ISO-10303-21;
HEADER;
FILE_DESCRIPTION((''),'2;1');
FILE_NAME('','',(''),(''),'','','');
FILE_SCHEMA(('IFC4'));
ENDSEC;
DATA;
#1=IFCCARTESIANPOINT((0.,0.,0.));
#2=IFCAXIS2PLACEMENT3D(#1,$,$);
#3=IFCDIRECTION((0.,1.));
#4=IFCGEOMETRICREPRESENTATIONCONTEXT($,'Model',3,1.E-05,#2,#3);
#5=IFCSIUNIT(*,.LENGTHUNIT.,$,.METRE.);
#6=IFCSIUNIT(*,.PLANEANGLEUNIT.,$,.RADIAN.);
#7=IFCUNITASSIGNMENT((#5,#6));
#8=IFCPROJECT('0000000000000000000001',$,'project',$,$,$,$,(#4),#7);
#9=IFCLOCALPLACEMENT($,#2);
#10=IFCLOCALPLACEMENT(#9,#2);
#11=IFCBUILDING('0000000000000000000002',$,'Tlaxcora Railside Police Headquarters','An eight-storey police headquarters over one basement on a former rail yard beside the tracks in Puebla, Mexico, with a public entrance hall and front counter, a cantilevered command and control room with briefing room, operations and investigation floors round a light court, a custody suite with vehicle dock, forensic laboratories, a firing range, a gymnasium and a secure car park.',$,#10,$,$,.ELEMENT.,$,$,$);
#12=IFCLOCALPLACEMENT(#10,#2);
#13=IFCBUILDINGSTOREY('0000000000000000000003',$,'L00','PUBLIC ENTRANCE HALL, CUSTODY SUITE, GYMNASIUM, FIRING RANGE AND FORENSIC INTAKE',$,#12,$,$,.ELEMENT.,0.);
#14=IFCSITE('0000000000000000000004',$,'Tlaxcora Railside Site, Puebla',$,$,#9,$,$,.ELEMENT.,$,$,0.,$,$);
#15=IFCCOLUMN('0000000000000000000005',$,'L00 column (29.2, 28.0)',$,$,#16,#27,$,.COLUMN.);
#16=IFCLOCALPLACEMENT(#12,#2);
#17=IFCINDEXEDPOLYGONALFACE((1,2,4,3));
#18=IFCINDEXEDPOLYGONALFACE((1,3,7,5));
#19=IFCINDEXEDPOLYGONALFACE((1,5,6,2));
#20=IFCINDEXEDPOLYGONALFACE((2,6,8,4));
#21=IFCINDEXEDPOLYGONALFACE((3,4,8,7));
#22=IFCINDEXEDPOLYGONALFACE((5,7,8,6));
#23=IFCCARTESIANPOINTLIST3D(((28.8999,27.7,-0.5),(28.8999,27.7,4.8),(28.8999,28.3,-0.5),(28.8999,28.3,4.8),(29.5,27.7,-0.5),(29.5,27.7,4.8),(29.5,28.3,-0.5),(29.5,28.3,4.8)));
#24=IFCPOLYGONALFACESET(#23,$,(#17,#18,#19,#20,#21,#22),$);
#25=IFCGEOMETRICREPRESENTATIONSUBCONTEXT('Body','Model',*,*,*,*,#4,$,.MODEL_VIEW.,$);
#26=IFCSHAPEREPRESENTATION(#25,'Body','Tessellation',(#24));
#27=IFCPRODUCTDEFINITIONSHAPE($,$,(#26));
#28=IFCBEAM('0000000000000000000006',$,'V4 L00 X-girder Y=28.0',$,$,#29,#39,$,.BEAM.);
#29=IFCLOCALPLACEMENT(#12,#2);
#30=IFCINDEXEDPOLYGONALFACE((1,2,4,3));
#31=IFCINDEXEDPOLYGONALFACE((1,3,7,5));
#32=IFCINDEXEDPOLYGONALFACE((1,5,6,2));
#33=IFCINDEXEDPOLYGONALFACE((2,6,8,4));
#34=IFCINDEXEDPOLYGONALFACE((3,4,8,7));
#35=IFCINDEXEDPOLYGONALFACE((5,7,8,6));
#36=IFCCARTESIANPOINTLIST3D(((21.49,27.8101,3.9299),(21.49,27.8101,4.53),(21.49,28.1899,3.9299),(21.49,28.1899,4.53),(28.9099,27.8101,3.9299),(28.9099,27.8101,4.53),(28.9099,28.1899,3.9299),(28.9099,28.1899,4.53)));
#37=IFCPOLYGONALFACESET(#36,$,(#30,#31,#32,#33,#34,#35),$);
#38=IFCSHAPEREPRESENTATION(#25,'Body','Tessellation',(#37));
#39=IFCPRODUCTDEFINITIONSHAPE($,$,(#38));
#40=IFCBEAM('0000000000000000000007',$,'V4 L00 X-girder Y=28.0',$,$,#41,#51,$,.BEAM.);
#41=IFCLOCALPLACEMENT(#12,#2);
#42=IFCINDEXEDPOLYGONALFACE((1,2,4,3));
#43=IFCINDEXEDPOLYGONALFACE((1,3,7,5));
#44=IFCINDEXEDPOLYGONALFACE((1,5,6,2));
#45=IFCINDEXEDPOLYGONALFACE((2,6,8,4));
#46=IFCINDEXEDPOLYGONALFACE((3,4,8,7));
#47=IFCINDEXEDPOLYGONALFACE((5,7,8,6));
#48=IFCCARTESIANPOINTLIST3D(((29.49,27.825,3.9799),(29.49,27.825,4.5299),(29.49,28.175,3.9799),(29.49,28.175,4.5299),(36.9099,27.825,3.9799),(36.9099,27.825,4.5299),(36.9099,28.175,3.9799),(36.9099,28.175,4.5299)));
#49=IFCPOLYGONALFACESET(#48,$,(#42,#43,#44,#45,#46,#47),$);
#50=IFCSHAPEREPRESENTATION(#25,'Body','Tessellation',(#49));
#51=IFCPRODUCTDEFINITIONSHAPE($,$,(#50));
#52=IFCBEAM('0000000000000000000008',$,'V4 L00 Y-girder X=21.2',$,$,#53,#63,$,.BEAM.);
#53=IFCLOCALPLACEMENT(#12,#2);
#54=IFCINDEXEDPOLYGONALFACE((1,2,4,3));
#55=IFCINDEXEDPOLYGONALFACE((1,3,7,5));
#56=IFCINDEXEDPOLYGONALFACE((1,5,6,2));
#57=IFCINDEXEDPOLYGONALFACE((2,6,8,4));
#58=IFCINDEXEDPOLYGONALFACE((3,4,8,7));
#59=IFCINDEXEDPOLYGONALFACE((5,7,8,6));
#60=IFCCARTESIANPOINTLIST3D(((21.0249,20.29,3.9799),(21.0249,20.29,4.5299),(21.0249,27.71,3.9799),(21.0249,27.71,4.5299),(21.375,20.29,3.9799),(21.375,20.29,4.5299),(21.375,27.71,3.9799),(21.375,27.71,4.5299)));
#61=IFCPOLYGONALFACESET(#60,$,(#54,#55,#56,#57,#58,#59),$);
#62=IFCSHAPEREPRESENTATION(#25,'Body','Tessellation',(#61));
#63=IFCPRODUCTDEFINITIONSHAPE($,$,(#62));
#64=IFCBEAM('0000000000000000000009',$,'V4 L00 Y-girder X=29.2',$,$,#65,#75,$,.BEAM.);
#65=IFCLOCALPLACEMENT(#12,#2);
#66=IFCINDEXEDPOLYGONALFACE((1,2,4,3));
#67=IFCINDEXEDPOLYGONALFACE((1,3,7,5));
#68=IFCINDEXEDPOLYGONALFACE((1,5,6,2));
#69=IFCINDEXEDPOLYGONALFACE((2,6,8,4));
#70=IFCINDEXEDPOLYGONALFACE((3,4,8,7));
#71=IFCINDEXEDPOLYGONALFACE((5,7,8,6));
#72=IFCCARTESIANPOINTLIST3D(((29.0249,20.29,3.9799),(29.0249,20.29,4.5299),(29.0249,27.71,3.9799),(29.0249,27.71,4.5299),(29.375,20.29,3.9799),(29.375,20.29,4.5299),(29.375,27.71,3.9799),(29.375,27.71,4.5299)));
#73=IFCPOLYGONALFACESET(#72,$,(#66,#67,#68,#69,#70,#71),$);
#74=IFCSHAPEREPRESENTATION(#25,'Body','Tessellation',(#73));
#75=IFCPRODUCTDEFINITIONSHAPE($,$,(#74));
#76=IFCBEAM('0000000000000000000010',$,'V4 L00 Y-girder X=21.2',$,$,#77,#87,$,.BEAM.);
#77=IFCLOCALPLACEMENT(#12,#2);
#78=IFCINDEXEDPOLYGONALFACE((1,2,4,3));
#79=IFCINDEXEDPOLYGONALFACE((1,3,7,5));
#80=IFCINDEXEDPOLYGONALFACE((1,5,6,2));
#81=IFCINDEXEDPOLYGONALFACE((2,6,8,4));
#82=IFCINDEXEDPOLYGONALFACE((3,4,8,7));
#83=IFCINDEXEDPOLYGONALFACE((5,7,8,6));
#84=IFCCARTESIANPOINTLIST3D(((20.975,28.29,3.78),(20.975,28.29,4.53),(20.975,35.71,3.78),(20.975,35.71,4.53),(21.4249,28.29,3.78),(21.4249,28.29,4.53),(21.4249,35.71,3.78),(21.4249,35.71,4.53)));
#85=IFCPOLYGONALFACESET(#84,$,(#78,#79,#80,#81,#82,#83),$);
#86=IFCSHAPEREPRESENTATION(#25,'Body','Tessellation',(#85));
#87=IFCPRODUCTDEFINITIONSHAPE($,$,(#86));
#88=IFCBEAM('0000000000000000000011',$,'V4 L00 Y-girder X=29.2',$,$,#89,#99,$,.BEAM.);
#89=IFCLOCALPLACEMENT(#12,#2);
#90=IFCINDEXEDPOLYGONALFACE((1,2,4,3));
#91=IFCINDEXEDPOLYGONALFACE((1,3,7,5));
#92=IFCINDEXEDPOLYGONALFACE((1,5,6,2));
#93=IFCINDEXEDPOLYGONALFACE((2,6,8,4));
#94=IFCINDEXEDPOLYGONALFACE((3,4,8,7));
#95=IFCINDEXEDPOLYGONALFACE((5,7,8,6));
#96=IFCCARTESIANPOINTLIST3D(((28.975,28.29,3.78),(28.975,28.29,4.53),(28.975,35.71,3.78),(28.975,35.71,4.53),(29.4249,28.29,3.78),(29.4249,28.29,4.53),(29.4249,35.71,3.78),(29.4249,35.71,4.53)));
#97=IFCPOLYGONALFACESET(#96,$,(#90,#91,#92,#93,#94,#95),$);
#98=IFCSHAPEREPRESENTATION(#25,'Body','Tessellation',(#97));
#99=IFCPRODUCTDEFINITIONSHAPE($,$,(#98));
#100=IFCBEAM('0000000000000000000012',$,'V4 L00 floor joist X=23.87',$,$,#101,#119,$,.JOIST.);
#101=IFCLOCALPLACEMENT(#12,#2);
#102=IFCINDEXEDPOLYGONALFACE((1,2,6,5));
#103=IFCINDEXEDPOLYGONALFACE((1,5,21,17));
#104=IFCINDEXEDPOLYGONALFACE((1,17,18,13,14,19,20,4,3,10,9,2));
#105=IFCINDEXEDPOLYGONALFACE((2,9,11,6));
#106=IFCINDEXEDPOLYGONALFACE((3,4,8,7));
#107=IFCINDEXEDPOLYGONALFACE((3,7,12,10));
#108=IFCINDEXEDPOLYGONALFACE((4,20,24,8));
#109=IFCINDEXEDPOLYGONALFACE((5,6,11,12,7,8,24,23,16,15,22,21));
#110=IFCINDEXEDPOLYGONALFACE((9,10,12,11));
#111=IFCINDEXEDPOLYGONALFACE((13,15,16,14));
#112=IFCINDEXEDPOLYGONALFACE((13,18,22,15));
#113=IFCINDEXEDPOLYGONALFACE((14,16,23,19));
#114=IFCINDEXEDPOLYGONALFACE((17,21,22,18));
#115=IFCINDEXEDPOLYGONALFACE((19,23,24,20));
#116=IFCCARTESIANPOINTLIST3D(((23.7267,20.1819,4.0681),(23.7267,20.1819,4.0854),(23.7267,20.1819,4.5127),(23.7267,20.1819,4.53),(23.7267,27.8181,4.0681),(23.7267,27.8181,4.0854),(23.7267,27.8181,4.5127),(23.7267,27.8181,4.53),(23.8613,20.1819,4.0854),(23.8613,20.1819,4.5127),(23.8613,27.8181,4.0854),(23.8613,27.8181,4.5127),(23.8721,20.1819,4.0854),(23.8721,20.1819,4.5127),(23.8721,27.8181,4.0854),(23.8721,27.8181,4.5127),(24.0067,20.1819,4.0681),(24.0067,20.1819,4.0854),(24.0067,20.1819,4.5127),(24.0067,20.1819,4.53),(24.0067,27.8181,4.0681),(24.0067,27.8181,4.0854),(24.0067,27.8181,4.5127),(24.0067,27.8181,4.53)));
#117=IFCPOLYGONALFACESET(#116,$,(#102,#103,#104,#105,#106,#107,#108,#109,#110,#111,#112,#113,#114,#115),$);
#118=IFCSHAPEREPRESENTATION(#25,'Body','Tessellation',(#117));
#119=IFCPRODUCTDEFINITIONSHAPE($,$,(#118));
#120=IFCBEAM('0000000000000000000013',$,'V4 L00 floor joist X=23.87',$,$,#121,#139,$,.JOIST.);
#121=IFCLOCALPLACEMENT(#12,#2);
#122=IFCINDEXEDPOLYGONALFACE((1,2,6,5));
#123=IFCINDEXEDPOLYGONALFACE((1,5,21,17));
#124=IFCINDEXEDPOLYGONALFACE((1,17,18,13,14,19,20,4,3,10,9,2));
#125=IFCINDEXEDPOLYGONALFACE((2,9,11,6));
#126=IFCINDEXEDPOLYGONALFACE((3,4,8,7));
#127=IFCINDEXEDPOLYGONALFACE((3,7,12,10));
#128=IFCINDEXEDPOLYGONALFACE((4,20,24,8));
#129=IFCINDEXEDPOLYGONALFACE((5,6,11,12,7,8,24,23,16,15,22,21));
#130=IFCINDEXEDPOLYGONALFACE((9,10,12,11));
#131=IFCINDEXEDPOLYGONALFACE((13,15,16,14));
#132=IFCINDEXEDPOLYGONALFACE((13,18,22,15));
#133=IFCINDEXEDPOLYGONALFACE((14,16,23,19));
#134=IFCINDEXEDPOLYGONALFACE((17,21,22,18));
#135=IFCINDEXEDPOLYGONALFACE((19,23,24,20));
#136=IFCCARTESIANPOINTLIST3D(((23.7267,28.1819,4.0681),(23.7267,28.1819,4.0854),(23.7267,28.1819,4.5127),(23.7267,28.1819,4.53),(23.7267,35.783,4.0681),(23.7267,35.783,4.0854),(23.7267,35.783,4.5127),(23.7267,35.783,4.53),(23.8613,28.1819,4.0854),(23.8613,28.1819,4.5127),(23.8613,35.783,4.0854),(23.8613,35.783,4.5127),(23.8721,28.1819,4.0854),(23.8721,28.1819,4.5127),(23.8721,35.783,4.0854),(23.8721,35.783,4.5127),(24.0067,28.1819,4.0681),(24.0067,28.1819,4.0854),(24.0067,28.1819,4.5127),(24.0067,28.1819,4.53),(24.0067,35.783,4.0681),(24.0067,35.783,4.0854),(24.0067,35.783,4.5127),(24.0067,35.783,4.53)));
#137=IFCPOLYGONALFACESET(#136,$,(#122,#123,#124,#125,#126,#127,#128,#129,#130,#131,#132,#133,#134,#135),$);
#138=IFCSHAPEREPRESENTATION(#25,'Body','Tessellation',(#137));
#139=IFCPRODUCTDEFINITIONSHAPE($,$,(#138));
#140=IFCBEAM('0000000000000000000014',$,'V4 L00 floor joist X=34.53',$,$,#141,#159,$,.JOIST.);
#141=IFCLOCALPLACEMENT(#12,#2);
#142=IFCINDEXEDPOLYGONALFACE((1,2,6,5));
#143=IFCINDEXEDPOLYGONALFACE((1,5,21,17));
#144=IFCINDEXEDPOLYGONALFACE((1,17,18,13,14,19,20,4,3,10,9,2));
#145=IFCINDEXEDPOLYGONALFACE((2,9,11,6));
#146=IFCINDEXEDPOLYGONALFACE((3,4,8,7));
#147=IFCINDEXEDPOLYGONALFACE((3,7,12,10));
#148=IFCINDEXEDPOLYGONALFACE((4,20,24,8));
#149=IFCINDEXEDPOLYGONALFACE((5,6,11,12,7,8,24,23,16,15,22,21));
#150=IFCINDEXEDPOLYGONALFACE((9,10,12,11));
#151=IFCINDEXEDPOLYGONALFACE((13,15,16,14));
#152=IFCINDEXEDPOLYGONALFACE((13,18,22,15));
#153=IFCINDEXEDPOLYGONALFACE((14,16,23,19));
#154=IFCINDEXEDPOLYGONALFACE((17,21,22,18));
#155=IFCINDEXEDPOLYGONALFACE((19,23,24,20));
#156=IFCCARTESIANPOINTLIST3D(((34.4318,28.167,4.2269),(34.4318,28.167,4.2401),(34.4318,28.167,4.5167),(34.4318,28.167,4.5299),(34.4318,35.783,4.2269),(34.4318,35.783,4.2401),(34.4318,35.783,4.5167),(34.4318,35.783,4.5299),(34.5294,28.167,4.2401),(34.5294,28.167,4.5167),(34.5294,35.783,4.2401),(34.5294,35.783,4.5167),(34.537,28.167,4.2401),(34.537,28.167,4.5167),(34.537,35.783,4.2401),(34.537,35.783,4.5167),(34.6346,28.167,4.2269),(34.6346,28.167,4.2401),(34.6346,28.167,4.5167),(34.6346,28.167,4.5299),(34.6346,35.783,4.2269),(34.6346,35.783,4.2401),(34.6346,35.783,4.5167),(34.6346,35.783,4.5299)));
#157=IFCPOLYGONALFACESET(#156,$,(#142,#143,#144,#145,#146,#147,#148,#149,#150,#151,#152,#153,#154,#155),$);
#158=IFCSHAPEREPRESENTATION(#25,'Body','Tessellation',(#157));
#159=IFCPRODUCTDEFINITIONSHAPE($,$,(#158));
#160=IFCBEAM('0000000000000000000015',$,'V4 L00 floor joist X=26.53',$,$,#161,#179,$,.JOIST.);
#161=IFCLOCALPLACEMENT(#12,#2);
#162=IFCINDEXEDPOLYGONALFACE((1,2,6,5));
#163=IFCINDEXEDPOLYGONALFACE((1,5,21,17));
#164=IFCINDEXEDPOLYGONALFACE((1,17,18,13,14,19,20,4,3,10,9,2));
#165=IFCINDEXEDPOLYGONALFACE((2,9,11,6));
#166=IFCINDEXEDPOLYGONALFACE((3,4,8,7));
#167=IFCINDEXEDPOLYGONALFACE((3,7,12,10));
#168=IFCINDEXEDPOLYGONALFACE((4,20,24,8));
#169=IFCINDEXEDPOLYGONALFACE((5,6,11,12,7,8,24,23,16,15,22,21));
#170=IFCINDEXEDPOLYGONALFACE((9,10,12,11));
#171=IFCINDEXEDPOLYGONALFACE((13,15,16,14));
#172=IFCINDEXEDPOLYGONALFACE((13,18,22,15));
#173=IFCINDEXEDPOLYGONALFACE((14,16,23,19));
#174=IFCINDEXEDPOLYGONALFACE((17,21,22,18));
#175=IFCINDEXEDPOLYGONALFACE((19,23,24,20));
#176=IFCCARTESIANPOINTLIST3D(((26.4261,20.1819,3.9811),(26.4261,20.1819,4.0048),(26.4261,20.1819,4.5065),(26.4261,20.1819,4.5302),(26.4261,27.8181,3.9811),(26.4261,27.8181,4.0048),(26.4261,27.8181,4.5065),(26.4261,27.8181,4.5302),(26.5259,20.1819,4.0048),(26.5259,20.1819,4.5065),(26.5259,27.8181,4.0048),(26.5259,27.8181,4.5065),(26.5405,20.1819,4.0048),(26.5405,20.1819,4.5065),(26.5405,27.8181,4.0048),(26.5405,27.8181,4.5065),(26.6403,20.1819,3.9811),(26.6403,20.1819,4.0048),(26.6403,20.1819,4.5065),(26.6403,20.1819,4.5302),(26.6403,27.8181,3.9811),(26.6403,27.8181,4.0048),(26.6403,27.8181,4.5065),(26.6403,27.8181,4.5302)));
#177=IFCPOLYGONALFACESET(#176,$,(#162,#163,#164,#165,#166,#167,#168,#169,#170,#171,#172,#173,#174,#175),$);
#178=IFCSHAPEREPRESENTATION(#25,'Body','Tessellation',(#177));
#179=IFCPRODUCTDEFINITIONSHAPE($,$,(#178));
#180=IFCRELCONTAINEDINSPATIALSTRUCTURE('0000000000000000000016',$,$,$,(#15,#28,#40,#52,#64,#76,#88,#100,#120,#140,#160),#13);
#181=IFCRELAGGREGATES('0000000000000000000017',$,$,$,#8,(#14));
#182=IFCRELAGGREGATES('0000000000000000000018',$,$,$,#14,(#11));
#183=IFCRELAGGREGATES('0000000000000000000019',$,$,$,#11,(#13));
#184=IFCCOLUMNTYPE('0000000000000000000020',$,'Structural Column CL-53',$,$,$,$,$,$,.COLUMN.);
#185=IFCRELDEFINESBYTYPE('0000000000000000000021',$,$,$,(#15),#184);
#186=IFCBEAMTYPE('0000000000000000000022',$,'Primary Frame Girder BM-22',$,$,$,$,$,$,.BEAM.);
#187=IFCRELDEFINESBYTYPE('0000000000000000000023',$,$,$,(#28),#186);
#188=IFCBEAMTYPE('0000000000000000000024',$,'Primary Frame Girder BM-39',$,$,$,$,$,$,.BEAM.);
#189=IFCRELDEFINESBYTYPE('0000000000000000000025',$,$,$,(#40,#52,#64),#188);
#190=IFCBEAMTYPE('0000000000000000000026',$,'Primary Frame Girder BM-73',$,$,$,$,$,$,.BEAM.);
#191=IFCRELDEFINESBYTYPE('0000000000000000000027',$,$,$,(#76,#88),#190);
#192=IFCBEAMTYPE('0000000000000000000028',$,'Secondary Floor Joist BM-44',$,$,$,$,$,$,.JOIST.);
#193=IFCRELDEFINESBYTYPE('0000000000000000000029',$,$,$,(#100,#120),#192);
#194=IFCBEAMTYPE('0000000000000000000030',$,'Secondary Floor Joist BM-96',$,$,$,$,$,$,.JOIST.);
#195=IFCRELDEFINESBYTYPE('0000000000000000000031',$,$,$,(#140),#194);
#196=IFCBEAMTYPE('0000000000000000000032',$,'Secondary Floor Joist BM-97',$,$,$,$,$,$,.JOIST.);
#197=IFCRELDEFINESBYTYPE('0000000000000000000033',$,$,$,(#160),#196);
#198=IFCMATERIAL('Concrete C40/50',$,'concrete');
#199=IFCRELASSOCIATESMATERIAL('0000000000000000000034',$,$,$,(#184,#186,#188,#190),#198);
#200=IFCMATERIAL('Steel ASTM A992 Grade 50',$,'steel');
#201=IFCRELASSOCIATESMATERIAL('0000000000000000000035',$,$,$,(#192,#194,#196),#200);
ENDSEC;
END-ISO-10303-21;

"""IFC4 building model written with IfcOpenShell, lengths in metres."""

from ifc_helpers import new_model, si_unit, direction, frame, origin, origin_2d, place, context, subcontext, project, spatial, rectangle, i_section, extrude, material, material_profile, profile_set, type_object, element, save


model = new_model("IFC4")

# Units and contexts
model_context = context("Model", 3, precision=1e-05, world=origin(), true_north=direction((0.0, 1.0)))
body_context = subcontext(model_context, "Body", "Model", "MODEL_VIEW")
ifc_project = project(units=[si_unit("LENGTHUNIT", "METRE"), si_unit("PLANEANGLEUNIT", "RADIAN")], contexts=[model_context])

# Site, building, storey
site_placement = place(None, origin())
site = spatial("IfcSite", under=ifc_project, at=site_placement, Name="Tlaxcora Railside Site, Puebla", CompositionType="ELEMENT", RefElevation=0.0)
building_placement = place(site_placement, origin())
building = spatial("IfcBuilding", under=site, at=building_placement, Name="Tlaxcora Railside Police Headquarters", Description="An eight-storey police headquarters over one basement on a former rail yard beside the tracks in Puebla, Mexico, with a public entrance hall and front counter, a cantilevered command and control room with briefing room, operations and investigation floors round a light court, a custody suite with vehicle dock, forensic laboratories, a firing range, a gymnasium and a secure car park.", CompositionType="ELEMENT")
storey_placement = place(building_placement, origin())
storey = spatial("IfcBuildingStorey", under=building, at=storey_placement, Name="L00", Description="PUBLIC ENTRANCE HALL, CUSTODY SUITE, GYMNASIUM, FIRING RANGE AND FORENSIC INTAKE", CompositionType="ELEMENT", Elevation=0.0)

# Shared definitions
ifc_material_1 = material(Name="Concrete C40/50", Category="concrete")

# Column
ifc_material_profile_1 = material_profile(ifc_material_1, rectangle(XDim=0.6001, YDim=0.6001, at=origin_2d()), Name="RC600X600")
ifc_profile_set_1 = profile_set([ifc_material_profile_1], Name="Concrete C40/50")
column_type = type_object("IfcColumnType", Name="Structural Column CL-53", PredefinedType="COLUMN", material=ifc_profile_set_1)
for number, where, z_axis, x_axis, name in (
    (1, (29.2, 28.0, -0.5), (0.0, 0.0, 1.0), (1.0, 0.0, 0.0), "L00 column (29.2, 28.0)"),
):
    element("IfcColumn", number, at=place(storey_placement, frame(where, z_axis=z_axis, x_axis=x_axis)), inside=storey, type_object=column_type, Name=name, PredefinedType="COLUMN", context=body_context, shape_type="SweptSolid", body=[
        extrude(rectangle(XDim=0.6001, YDim=0.6001, at=origin_2d()), origin(), (0.0, 0.0, 1.0), 5.3),
    ])

# Beams
ifc_material_profile_2 = material_profile(ifc_material_1, rectangle(XDim=0.3799, YDim=0.6001, at=origin_2d()), Name="RC380X600")
ifc_profile_set_2 = profile_set([ifc_material_profile_2], Name="Concrete C40/50")
beam_type_1 = type_object("IfcBeamType", Name="Primary Frame Girder BM-22", PredefinedType="BEAM", material=ifc_profile_set_2)
beam_1_placement = place(storey_placement, frame((21.49, 28.0, 4.23), z_axis=(1.0, 0.0, 0.0), x_axis=(0.0, 1.0, 0.0)))
element("IfcBeam", 2, at=beam_1_placement, inside=storey, type_object=beam_type_1, Name="V4 L00 X-girder Y=28.0", PredefinedType="BEAM", context=body_context, shape_type="SweptSolid", body=[
    extrude(rectangle(XDim=0.3799, YDim=0.6001, at=origin_2d()), origin(), (0.0, 0.0, 1.0), 7.4199),
])
ifc_material_profile_3 = material_profile(ifc_material_1, rectangle(XDim=0.3501, YDim=0.55, at=origin_2d()), Name="RC350X550")
ifc_profile_set_3 = profile_set([ifc_material_profile_3], Name="Concrete C40/50")
beam_type_2 = type_object("IfcBeamType", Name="Primary Frame Girder BM-39", PredefinedType="BEAM", material=ifc_profile_set_3)
for number, where, z_axis, x_axis, name in (
    (3, (29.49, 28.0, 4.2549), (1.0, 0.0, 0.0), (0.0, 1.0, 0.0), "V4 L00 X-girder Y=28.0"),
    (4, (21.2, 20.29, 4.2549), (0.0, 1.0, 0.0), (-1.0, 0.0, 0.0), "V4 L00 Y-girder X=21.2"),
    (5, (29.2, 20.29, 4.2549), (0.0, 1.0, 0.0), (-1.0, 0.0, 0.0), "V4 L00 Y-girder X=29.2"),
):
    element("IfcBeam", number, at=place(storey_placement, frame(where, z_axis=z_axis, x_axis=x_axis)), inside=storey, type_object=beam_type_2, Name=name, PredefinedType="BEAM", context=body_context, shape_type="SweptSolid", body=[
        extrude(rectangle(XDim=0.3501, YDim=0.55, at=origin_2d()), origin(), (0.0, 0.0, 1.0), 7.4199),
    ])
ifc_material_profile_4 = material_profile(ifc_material_1, rectangle(XDim=0.45, YDim=0.75, at=origin_2d()), Name="RC450X750")
ifc_profile_set_4 = profile_set([ifc_material_profile_4], Name="Concrete C40/50")
beam_type_3 = type_object("IfcBeamType", Name="Primary Frame Girder BM-73", PredefinedType="BEAM", material=ifc_profile_set_4)
for number, where, z_axis, x_axis, name in (
    (6, (21.2, 28.29, 4.155), (0.0, 1.0, 0.0), (-1.0, 0.0, 0.0), "V4 L00 Y-girder X=21.2"),
    (7, (29.2, 28.29, 4.155), (0.0, 1.0, 0.0), (-1.0, 0.0, 0.0), "V4 L00 Y-girder X=29.2"),
):
    element("IfcBeam", number, at=place(storey_placement, frame(where, z_axis=z_axis, x_axis=x_axis)), inside=storey, type_object=beam_type_3, Name=name, PredefinedType="BEAM", context=body_context, shape_type="SweptSolid", body=[
        extrude(rectangle(XDim=0.45, YDim=0.75, at=origin_2d()), origin(), (0.0, 0.0, 1.0), 7.4199),
    ])
ifc_material_2 = material(Name="Steel ASTM A992 Grade 50", Category="steel")
ifc_material_profile_5 = material_profile(ifc_material_2, i_section(OverallWidth=0.28, OverallDepth=0.4619, WebThickness=0.0107, FlangeThickness=0.0173, at=origin_2d()), Name="W18X76")
ifc_profile_set_5 = profile_set([ifc_material_profile_5], Name="Steel ASTM A992 Grade 50")
beam_type_4 = type_object("IfcBeamType", Name="Secondary Floor Joist BM-44", PredefinedType="JOIST", material=ifc_profile_set_5)
beam_2_placement = place(storey_placement, frame((23.8667, 20.1819, 4.2991), z_axis=(0.0, 1.0, 0.0), x_axis=(-1.0, 0.0, 0.0)))
element("IfcBeam", 8, at=beam_2_placement, inside=storey, type_object=beam_type_4, Name="V4 L00 floor joist X=23.87", PredefinedType="JOIST", context=body_context, shape_type="SweptSolid", body=[
    extrude(i_section(OverallWidth=0.28, OverallDepth=0.4619, WebThickness=0.0107, FlangeThickness=0.0173, at=origin_2d()), origin(), (0.0, 0.0, 1.0), 7.6362),
])
beam_3_placement = place(storey_placement, frame((23.8667, 28.1819, 4.2991), z_axis=(0.0, 1.0, 0.0), x_axis=(-1.0, 0.0, 0.0)))
element("IfcBeam", 9, at=beam_3_placement, inside=storey, type_object=beam_type_4, Name="V4 L00 floor joist X=23.87", PredefinedType="JOIST", context=body_context, shape_type="SweptSolid", body=[
    extrude(i_section(OverallWidth=0.28, OverallDepth=0.4619, WebThickness=0.0107, FlangeThickness=0.0173, at=origin_2d()), origin(), (0.0, 0.0, 1.0), 7.6011),
])
ifc_material_profile_6 = material_profile(ifc_material_2, i_section(OverallWidth=0.2029, OverallDepth=0.303, WebThickness=0.0076, FlangeThickness=0.0132, at=origin_2d()), Name="W12X40")
ifc_profile_set_6 = profile_set([ifc_material_profile_6], Name="Steel ASTM A992 Grade 50")
beam_type_5 = type_object("IfcBeamType", Name="Secondary Floor Joist BM-96", PredefinedType="JOIST", material=ifc_profile_set_6)
beam_4_placement = place(storey_placement, frame((34.5332, 28.167, 4.3784), z_axis=(0.0, 1.0, 0.0), x_axis=(-1.0, 0.0, 0.0)))
element("IfcBeam", 10, at=beam_4_placement, inside=storey, type_object=beam_type_5, Name="V4 L00 floor joist X=34.53", PredefinedType="JOIST", context=body_context, shape_type="SweptSolid", body=[
    extrude(i_section(OverallWidth=0.2029, OverallDepth=0.303, WebThickness=0.0076, FlangeThickness=0.0132, at=origin_2d()), origin(), (0.0, 0.0, 1.0), 7.616),
])
ifc_material_profile_7 = material_profile(ifc_material_2, i_section(OverallWidth=0.2141, OverallDepth=0.5491, WebThickness=0.0146, FlangeThickness=0.0237, at=origin_2d()), Name="W21X93")
ifc_profile_set_7 = profile_set([ifc_material_profile_7], Name="Steel ASTM A992 Grade 50")
beam_type_6 = type_object("IfcBeamType", Name="Secondary Floor Joist BM-97", PredefinedType="JOIST", material=ifc_profile_set_7)
beam_5_placement = place(storey_placement, frame((26.5332, 20.1819, 4.2556), z_axis=(0.0, 1.0, 0.0), x_axis=(-1.0, 0.0, 0.0)))
element("IfcBeam", 11, at=beam_5_placement, inside=storey, type_object=beam_type_6, Name="V4 L00 floor joist X=26.53", PredefinedType="JOIST", context=body_context, shape_type="SweptSolid", body=[
    extrude(i_section(OverallWidth=0.2141, OverallDepth=0.5491, WebThickness=0.0146, FlangeThickness=0.0237, at=origin_2d()), origin(), (0.0, 0.0, 1.0), 7.6362),
])

save(model, "model.ifc")
